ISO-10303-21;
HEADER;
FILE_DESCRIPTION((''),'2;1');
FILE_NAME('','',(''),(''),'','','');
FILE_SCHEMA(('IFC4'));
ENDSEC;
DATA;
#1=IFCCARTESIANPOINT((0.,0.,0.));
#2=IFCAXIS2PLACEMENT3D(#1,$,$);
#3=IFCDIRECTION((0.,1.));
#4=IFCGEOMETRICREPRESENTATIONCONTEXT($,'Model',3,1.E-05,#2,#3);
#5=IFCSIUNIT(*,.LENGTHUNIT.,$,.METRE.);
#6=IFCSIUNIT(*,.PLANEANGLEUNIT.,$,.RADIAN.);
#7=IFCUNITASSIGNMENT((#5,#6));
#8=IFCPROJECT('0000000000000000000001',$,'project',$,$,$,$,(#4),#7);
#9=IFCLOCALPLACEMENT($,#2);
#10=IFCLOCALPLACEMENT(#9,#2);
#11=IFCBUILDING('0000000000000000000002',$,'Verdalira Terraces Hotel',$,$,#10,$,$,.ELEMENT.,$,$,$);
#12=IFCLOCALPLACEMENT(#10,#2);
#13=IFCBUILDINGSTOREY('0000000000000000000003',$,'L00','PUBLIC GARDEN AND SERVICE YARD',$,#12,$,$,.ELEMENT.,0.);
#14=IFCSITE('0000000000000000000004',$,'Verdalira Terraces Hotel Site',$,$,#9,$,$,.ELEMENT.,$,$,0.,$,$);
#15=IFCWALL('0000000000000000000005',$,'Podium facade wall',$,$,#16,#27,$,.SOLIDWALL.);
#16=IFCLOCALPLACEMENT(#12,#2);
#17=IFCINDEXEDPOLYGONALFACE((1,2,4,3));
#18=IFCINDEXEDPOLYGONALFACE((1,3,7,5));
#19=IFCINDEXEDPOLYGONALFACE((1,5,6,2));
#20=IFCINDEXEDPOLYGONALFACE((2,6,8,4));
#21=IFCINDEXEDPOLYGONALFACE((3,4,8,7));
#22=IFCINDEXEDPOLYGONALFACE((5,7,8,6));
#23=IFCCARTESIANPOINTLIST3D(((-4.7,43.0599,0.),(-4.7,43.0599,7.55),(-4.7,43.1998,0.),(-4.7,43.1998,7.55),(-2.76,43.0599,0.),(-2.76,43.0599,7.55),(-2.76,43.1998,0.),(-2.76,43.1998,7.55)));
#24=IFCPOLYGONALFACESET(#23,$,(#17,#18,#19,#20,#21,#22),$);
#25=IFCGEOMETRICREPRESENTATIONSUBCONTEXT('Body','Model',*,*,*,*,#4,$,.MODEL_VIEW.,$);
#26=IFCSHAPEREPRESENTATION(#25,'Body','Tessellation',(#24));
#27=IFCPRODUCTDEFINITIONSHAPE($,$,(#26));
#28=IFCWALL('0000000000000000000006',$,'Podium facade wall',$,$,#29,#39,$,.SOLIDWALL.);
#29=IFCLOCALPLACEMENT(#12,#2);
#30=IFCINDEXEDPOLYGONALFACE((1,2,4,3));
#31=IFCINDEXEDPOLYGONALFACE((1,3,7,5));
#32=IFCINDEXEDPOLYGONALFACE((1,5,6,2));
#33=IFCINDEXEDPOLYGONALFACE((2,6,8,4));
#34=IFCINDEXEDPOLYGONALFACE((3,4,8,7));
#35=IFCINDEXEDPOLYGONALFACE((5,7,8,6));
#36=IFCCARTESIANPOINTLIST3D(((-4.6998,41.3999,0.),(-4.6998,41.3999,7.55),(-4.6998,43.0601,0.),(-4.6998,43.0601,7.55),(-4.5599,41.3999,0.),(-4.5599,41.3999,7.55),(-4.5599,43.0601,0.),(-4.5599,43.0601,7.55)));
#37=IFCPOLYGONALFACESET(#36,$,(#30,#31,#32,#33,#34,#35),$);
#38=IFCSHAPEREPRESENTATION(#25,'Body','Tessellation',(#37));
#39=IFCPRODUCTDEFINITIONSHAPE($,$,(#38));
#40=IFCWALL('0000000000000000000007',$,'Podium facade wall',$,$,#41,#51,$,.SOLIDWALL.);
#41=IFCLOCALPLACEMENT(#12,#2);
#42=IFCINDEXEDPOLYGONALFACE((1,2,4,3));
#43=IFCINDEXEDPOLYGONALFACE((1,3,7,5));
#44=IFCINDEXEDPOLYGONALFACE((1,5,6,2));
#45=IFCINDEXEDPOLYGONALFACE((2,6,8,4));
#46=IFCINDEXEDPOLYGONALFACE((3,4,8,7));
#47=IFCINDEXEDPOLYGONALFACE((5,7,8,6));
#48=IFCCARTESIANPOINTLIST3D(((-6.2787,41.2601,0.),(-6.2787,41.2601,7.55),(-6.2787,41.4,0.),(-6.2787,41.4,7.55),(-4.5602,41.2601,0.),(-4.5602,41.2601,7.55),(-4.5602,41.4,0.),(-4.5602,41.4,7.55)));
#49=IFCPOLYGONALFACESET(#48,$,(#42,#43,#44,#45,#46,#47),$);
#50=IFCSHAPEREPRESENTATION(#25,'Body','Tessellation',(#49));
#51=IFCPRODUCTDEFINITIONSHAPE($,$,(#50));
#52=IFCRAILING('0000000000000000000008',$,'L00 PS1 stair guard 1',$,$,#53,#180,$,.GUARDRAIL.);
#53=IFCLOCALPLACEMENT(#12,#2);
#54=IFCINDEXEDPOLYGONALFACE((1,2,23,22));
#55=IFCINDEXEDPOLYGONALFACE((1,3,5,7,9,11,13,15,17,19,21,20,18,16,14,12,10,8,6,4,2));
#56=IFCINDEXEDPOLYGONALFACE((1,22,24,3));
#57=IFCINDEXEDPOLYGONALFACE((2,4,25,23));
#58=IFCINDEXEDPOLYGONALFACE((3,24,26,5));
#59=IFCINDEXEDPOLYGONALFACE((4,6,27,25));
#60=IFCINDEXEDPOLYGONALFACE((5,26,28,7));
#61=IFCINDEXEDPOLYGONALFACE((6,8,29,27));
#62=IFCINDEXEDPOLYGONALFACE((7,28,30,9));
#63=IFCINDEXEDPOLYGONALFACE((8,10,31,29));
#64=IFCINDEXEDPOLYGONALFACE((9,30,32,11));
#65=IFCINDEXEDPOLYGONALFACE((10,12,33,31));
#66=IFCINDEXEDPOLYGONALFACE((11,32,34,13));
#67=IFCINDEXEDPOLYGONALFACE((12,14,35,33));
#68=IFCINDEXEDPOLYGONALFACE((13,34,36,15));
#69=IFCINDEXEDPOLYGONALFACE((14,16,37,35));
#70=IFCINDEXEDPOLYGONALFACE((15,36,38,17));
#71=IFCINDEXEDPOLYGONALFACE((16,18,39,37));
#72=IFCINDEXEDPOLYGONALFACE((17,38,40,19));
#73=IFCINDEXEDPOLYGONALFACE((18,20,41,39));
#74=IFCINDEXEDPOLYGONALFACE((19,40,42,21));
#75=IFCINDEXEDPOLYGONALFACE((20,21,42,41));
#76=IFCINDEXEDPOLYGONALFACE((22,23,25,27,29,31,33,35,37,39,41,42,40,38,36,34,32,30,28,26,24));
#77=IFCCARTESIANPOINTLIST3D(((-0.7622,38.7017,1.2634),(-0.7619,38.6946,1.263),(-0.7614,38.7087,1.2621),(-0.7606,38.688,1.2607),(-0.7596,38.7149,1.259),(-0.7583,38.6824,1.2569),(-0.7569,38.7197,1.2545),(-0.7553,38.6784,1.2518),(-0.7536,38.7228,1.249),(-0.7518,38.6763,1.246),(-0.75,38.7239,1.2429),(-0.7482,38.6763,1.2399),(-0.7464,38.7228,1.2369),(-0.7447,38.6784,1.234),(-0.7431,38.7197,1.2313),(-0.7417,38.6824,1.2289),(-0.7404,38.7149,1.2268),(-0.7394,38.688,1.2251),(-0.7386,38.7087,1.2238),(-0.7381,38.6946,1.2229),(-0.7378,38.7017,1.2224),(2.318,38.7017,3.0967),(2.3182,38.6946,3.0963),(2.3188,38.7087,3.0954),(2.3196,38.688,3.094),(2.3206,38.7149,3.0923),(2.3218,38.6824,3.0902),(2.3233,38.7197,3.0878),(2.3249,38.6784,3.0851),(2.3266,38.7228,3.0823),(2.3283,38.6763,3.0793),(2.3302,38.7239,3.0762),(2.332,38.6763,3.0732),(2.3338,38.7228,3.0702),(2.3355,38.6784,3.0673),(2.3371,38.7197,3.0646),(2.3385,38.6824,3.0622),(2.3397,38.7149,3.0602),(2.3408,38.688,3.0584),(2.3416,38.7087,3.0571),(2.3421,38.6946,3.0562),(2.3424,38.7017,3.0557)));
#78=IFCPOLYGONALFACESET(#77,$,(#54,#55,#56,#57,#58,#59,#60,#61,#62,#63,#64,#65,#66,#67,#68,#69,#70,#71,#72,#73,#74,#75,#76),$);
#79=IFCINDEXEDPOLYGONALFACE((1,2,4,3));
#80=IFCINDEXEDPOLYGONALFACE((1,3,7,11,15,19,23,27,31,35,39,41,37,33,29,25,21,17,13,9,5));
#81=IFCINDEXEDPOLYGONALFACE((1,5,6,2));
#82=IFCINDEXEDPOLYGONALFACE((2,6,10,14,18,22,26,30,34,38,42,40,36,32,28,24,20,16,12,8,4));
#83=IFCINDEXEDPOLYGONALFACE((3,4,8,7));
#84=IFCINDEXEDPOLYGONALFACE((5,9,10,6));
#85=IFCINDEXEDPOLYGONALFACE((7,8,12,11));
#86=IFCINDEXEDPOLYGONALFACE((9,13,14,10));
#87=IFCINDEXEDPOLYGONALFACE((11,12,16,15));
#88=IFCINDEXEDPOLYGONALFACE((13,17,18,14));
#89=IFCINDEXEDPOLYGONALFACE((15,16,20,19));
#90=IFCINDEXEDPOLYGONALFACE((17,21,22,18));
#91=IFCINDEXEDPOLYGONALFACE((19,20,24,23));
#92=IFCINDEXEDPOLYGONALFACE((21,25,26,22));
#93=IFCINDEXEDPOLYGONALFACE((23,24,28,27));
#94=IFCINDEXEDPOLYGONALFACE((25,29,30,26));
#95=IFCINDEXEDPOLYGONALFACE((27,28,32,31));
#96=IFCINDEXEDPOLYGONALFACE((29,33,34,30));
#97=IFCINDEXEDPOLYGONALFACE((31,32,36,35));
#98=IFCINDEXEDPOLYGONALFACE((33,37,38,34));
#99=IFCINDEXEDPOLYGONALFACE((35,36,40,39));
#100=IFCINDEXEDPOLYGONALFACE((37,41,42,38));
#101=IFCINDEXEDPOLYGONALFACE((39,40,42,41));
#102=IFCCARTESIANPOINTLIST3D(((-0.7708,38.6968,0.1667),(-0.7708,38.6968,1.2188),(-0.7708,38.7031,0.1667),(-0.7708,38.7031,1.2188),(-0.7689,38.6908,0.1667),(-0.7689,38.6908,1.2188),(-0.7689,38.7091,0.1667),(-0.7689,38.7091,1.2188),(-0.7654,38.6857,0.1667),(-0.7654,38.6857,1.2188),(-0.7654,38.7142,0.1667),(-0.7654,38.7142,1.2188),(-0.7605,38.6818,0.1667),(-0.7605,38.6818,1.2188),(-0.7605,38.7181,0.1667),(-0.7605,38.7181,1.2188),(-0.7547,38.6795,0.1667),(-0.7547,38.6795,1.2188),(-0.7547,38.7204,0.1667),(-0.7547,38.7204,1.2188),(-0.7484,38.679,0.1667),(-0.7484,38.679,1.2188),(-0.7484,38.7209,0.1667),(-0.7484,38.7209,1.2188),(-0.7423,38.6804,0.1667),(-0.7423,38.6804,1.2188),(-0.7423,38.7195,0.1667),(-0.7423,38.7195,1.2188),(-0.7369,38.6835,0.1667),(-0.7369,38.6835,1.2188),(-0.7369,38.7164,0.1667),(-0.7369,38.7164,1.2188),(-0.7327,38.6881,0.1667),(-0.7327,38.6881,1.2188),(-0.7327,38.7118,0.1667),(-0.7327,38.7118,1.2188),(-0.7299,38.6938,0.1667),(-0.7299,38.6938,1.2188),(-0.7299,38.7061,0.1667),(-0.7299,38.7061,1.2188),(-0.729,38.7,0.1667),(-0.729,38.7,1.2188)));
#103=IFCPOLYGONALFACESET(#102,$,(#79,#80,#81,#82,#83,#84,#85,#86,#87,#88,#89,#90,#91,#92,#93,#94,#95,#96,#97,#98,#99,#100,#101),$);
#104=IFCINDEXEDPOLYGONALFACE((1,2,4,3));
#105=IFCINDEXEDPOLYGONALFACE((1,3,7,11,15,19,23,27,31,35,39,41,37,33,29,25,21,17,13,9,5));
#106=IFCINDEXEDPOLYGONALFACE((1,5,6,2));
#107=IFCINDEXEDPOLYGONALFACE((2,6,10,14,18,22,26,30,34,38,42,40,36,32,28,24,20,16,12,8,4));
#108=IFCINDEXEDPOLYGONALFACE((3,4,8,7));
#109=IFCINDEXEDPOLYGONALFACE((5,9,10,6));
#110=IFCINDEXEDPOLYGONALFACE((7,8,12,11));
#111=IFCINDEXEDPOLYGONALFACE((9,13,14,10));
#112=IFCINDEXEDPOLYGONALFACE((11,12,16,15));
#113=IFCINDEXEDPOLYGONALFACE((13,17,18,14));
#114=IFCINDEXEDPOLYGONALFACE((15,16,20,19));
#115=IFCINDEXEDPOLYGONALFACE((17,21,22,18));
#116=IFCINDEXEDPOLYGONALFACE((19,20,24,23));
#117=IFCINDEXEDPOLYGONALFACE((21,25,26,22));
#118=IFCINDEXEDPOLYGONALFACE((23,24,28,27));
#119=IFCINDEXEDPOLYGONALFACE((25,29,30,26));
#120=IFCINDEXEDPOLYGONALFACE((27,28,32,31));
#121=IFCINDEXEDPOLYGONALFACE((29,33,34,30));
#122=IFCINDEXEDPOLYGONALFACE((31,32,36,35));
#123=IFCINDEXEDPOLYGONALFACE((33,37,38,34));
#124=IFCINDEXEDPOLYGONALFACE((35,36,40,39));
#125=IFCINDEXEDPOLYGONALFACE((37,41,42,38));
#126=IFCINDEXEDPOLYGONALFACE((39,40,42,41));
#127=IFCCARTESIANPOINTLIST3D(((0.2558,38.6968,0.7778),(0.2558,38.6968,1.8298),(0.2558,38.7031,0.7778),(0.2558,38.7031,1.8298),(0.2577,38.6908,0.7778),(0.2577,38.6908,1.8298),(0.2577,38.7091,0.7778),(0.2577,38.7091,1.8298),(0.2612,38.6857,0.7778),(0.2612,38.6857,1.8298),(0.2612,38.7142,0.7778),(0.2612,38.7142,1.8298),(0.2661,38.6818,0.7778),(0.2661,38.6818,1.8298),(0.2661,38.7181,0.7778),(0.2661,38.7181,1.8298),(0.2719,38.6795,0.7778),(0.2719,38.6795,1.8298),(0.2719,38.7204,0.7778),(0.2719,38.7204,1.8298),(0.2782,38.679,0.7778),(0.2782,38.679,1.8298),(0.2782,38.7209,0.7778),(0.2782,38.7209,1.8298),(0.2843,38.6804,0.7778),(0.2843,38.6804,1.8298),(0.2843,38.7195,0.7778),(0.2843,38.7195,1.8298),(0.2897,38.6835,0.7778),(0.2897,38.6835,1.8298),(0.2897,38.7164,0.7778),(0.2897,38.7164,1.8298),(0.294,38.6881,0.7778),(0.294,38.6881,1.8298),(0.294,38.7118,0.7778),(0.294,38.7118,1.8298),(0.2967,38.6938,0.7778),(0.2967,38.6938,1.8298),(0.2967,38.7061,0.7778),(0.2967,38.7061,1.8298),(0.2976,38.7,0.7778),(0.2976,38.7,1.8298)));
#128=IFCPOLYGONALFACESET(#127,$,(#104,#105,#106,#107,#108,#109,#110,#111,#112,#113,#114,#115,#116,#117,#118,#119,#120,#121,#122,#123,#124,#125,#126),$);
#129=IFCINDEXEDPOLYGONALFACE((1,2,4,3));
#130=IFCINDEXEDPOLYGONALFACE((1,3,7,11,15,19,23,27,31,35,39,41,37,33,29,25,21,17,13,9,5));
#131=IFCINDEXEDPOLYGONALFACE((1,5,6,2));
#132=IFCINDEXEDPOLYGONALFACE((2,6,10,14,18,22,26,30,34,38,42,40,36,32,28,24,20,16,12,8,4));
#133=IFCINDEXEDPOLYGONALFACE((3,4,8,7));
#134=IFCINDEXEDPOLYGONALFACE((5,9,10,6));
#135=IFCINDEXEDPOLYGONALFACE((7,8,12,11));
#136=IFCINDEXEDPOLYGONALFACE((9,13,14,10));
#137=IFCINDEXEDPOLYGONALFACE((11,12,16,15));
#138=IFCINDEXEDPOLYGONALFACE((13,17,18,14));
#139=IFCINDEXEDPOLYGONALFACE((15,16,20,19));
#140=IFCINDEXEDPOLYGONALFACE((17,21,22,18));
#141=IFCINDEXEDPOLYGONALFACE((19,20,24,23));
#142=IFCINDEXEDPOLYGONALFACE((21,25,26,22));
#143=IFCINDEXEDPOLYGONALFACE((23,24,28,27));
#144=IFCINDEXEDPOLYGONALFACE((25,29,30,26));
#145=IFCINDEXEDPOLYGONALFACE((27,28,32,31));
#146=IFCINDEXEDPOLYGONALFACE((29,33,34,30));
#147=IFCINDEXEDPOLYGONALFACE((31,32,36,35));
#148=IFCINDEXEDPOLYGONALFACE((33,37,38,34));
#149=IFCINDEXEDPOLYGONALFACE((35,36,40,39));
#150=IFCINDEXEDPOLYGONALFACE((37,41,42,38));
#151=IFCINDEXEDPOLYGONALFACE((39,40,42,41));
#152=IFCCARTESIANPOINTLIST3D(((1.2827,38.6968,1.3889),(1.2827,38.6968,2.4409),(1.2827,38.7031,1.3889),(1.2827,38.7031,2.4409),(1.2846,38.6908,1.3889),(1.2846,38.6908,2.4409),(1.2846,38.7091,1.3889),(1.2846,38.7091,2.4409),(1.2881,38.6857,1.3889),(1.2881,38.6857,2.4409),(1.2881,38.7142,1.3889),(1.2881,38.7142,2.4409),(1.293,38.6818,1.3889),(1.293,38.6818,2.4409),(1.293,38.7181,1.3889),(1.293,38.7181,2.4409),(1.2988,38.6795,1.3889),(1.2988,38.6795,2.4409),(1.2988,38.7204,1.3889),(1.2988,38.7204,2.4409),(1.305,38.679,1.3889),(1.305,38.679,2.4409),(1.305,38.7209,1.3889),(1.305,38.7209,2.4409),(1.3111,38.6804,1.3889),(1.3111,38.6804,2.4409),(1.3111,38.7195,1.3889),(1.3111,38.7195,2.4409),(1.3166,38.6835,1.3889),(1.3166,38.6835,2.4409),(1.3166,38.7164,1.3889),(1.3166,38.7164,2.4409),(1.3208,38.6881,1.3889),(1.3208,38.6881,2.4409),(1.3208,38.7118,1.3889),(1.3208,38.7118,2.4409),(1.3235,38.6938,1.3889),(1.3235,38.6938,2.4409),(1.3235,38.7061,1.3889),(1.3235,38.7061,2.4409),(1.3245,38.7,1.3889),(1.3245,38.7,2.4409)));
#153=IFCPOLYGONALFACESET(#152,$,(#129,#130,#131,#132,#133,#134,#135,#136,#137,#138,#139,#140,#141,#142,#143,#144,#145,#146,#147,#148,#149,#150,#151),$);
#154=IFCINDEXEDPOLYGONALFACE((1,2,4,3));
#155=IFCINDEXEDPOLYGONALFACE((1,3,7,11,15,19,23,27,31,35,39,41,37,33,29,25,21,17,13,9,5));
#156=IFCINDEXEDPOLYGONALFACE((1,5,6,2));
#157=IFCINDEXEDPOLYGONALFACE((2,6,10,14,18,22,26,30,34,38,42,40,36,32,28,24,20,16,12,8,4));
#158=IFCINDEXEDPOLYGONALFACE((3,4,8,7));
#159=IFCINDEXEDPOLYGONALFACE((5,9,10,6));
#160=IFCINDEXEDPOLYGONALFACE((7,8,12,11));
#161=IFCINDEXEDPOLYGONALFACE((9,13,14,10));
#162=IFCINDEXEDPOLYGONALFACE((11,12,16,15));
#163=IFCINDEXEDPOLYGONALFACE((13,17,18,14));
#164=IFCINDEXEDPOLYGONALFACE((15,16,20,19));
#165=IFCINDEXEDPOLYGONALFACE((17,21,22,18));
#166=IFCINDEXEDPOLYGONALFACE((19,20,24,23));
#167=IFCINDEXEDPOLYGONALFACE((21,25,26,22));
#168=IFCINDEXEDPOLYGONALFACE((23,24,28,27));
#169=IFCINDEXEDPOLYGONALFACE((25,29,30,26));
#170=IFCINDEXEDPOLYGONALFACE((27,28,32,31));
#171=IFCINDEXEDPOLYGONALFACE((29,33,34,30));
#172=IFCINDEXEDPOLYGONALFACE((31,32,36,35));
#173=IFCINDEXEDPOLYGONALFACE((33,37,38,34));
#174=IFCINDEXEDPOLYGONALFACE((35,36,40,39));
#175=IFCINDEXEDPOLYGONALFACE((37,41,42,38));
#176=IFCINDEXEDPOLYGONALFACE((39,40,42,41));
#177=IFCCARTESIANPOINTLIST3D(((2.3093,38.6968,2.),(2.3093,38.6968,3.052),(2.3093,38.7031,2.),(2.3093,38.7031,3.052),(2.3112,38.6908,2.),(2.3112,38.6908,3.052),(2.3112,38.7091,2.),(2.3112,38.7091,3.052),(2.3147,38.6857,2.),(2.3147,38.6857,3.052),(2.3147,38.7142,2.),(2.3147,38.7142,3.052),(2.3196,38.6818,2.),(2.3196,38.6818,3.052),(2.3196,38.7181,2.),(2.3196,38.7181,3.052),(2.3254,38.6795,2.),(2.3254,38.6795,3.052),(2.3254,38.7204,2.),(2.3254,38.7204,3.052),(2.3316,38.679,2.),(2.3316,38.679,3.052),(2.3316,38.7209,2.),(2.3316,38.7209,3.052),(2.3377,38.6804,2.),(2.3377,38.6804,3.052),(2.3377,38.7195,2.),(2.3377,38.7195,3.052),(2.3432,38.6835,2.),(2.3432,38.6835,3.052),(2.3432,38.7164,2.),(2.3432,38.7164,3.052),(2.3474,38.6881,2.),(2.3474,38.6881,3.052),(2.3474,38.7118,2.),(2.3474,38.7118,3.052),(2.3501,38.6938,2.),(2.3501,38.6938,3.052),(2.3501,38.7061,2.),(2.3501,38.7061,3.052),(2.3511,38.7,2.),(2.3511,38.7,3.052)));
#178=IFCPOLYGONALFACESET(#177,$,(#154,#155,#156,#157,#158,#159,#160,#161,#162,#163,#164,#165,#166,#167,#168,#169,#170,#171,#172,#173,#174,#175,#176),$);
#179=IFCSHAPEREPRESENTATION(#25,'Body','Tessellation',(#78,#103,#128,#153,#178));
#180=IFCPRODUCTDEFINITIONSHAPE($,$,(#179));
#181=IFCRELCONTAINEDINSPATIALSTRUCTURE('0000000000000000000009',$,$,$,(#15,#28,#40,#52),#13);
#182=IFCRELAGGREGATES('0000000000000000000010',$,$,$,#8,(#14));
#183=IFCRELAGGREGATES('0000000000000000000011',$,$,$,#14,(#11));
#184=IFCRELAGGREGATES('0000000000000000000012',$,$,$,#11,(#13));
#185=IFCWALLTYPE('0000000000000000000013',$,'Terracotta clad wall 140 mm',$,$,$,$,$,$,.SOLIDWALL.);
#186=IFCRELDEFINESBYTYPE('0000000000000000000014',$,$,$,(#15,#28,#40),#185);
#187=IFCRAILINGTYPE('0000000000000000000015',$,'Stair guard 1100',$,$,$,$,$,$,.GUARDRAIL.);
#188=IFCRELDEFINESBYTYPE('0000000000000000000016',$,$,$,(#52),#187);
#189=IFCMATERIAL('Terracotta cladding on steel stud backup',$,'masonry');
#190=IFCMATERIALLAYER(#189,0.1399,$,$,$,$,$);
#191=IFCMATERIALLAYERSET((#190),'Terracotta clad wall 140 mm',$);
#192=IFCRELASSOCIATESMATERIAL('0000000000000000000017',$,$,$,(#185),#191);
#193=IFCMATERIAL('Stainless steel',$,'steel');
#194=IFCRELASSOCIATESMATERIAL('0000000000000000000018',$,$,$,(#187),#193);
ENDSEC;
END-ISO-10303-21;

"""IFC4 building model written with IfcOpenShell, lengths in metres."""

from ifc_helpers import new_model, si_unit, direction, frame, frame_2d, origin, origin_2d, place, context, subcontext, project, spatial, rectangle, circle, extrude, material, layer, layer_set, type_object, element, save


model = new_model("IFC4")

# Units and contexts
model_context = context("Model", 3, precision=1e-05, world=origin(), true_north=direction((0.0, 1.0)))
body_context = subcontext(model_context, "Body", "Model", "MODEL_VIEW")
ifc_project = project(units=[si_unit("LENGTHUNIT", "METRE"), si_unit("PLANEANGLEUNIT", "RADIAN")], contexts=[model_context])

# Site, building, storey
site_placement = place(None, origin())
site = spatial("IfcSite", under=ifc_project, at=site_placement, Name="Verdalira Terraces Hotel Site", CompositionType="ELEMENT", RefElevation=0.0)
building_placement = place(site_placement, origin())
building = spatial("IfcBuilding", under=site, at=building_placement, Name="Verdalira Terraces Hotel", CompositionType="ELEMENT")
storey_placement = place(building_placement, origin())
storey = spatial("IfcBuildingStorey", under=building, at=storey_placement, Name="L00", Description="PUBLIC GARDEN AND SERVICE YARD", CompositionType="ELEMENT", Elevation=0.0)

# Shared definitions
ifc_material_1 = material(Name="Terracotta cladding on steel stud backup", Category="masonry")
ifc_layer_1 = layer(ifc_material_1, 0.1399)
ifc_layer_set_1 = layer_set([ifc_layer_1], Name="Terracotta clad wall 140 mm")
wall_type_1 = type_object("IfcWallType", Name="Terracotta clad wall 140 mm", PredefinedType="SOLIDWALL", material=ifc_layer_set_1)

# Walls
wall_1_placement = place(storey_placement, frame((-2.76, 43.1299, 0.0), z_axis=(0.0, 0.0, 1.0), x_axis=(-1.0, 0.0, 0.0)))
element("IfcWall", 1, at=wall_1_placement, inside=storey, type_object=wall_type_1, Name="Podium facade wall", PredefinedType="SOLIDWALL", context=body_context, shape_type="SweptSolid", body=[
    extrude(rectangle(XDim=1.9399, YDim=0.1399, at=frame_2d((0.97, 0.0))), origin(), (0.0, 0.0, 1.0), 7.55),
])
wall_2_placement = place(storey_placement, frame((-4.6299, 43.0601, 0.0), z_axis=(0.0, 0.0, 1.0), x_axis=(0.0, -1.0, 0.0)))
element("IfcWall", 2, at=wall_2_placement, inside=storey, type_object=wall_type_1, Name="Podium facade wall", PredefinedType="SOLIDWALL", context=body_context, shape_type="SweptSolid", body=[
    extrude(rectangle(XDim=1.6602, YDim=0.1399, at=frame_2d((0.8301, 0.0))), origin(), (0.0, 0.0, 1.0), 7.55),
])
wall_3_placement = place(storey_placement, frame((-4.5601, 41.3301, 0.0), z_axis=(0.0, 0.0, 1.0), x_axis=(-1.0, 0.0, 0.0)))
element("IfcWall", 3, at=wall_3_placement, inside=storey, type_object=wall_type_1, Name="Podium facade wall", PredefinedType="SOLIDWALL", context=body_context, shape_type="SweptSolid", body=[
    extrude(rectangle(XDim=1.7185, YDim=0.1399, at=frame_2d((0.8594, 0.0))), origin(), (0.0, 0.0, 1.0), 7.55),
])

# Railing
ifc_material_2 = material(Name="Stainless steel", Category="steel")
railing_type_1 = type_object("IfcRailingType", Name="Stair guard 1100", PredefinedType="GUARDRAIL", material=ifc_material_2)
railing_1_placement = place(storey_placement, frame((-0.75, 38.7, 0.1667)))
element("IfcRailing", 4, at=railing_1_placement, inside=storey, type_object=railing_type_1, Name="L00 PS1 stair guard 1", PredefinedType="GUARDRAIL", context=body_context, shape_type="SweptSolid", body=[
    extrude(circle(Radius=0.0239, at=origin_2d()), frame((0.0, 0.0, 1.0762), z_axis=(0.859309, 0.0, 0.511458), x_axis=(0.0, 1.0, 0.0)), (0.0, 0.0, 1.0), 3.5845),
    extrude(circle(Radius=0.021, at=origin_2d()), origin(), (0.0, 0.0, 1.0), 1.052),
    extrude(circle(Radius=0.021, at=origin_2d()), frame((1.0266, 0.0, 0.6111)), (0.0, 0.0, 1.0), 1.052),
    extrude(circle(Radius=0.021, at=origin_2d()), frame((2.0535, 0.0, 1.2222)), (0.0, 0.0, 1.0), 1.052),
    extrude(circle(Radius=0.021, at=origin_2d()), frame((3.0801, 0.0, 1.8333)), (0.0, 0.0, 1.0), 1.052),
])

save(model, "model.ifc")
